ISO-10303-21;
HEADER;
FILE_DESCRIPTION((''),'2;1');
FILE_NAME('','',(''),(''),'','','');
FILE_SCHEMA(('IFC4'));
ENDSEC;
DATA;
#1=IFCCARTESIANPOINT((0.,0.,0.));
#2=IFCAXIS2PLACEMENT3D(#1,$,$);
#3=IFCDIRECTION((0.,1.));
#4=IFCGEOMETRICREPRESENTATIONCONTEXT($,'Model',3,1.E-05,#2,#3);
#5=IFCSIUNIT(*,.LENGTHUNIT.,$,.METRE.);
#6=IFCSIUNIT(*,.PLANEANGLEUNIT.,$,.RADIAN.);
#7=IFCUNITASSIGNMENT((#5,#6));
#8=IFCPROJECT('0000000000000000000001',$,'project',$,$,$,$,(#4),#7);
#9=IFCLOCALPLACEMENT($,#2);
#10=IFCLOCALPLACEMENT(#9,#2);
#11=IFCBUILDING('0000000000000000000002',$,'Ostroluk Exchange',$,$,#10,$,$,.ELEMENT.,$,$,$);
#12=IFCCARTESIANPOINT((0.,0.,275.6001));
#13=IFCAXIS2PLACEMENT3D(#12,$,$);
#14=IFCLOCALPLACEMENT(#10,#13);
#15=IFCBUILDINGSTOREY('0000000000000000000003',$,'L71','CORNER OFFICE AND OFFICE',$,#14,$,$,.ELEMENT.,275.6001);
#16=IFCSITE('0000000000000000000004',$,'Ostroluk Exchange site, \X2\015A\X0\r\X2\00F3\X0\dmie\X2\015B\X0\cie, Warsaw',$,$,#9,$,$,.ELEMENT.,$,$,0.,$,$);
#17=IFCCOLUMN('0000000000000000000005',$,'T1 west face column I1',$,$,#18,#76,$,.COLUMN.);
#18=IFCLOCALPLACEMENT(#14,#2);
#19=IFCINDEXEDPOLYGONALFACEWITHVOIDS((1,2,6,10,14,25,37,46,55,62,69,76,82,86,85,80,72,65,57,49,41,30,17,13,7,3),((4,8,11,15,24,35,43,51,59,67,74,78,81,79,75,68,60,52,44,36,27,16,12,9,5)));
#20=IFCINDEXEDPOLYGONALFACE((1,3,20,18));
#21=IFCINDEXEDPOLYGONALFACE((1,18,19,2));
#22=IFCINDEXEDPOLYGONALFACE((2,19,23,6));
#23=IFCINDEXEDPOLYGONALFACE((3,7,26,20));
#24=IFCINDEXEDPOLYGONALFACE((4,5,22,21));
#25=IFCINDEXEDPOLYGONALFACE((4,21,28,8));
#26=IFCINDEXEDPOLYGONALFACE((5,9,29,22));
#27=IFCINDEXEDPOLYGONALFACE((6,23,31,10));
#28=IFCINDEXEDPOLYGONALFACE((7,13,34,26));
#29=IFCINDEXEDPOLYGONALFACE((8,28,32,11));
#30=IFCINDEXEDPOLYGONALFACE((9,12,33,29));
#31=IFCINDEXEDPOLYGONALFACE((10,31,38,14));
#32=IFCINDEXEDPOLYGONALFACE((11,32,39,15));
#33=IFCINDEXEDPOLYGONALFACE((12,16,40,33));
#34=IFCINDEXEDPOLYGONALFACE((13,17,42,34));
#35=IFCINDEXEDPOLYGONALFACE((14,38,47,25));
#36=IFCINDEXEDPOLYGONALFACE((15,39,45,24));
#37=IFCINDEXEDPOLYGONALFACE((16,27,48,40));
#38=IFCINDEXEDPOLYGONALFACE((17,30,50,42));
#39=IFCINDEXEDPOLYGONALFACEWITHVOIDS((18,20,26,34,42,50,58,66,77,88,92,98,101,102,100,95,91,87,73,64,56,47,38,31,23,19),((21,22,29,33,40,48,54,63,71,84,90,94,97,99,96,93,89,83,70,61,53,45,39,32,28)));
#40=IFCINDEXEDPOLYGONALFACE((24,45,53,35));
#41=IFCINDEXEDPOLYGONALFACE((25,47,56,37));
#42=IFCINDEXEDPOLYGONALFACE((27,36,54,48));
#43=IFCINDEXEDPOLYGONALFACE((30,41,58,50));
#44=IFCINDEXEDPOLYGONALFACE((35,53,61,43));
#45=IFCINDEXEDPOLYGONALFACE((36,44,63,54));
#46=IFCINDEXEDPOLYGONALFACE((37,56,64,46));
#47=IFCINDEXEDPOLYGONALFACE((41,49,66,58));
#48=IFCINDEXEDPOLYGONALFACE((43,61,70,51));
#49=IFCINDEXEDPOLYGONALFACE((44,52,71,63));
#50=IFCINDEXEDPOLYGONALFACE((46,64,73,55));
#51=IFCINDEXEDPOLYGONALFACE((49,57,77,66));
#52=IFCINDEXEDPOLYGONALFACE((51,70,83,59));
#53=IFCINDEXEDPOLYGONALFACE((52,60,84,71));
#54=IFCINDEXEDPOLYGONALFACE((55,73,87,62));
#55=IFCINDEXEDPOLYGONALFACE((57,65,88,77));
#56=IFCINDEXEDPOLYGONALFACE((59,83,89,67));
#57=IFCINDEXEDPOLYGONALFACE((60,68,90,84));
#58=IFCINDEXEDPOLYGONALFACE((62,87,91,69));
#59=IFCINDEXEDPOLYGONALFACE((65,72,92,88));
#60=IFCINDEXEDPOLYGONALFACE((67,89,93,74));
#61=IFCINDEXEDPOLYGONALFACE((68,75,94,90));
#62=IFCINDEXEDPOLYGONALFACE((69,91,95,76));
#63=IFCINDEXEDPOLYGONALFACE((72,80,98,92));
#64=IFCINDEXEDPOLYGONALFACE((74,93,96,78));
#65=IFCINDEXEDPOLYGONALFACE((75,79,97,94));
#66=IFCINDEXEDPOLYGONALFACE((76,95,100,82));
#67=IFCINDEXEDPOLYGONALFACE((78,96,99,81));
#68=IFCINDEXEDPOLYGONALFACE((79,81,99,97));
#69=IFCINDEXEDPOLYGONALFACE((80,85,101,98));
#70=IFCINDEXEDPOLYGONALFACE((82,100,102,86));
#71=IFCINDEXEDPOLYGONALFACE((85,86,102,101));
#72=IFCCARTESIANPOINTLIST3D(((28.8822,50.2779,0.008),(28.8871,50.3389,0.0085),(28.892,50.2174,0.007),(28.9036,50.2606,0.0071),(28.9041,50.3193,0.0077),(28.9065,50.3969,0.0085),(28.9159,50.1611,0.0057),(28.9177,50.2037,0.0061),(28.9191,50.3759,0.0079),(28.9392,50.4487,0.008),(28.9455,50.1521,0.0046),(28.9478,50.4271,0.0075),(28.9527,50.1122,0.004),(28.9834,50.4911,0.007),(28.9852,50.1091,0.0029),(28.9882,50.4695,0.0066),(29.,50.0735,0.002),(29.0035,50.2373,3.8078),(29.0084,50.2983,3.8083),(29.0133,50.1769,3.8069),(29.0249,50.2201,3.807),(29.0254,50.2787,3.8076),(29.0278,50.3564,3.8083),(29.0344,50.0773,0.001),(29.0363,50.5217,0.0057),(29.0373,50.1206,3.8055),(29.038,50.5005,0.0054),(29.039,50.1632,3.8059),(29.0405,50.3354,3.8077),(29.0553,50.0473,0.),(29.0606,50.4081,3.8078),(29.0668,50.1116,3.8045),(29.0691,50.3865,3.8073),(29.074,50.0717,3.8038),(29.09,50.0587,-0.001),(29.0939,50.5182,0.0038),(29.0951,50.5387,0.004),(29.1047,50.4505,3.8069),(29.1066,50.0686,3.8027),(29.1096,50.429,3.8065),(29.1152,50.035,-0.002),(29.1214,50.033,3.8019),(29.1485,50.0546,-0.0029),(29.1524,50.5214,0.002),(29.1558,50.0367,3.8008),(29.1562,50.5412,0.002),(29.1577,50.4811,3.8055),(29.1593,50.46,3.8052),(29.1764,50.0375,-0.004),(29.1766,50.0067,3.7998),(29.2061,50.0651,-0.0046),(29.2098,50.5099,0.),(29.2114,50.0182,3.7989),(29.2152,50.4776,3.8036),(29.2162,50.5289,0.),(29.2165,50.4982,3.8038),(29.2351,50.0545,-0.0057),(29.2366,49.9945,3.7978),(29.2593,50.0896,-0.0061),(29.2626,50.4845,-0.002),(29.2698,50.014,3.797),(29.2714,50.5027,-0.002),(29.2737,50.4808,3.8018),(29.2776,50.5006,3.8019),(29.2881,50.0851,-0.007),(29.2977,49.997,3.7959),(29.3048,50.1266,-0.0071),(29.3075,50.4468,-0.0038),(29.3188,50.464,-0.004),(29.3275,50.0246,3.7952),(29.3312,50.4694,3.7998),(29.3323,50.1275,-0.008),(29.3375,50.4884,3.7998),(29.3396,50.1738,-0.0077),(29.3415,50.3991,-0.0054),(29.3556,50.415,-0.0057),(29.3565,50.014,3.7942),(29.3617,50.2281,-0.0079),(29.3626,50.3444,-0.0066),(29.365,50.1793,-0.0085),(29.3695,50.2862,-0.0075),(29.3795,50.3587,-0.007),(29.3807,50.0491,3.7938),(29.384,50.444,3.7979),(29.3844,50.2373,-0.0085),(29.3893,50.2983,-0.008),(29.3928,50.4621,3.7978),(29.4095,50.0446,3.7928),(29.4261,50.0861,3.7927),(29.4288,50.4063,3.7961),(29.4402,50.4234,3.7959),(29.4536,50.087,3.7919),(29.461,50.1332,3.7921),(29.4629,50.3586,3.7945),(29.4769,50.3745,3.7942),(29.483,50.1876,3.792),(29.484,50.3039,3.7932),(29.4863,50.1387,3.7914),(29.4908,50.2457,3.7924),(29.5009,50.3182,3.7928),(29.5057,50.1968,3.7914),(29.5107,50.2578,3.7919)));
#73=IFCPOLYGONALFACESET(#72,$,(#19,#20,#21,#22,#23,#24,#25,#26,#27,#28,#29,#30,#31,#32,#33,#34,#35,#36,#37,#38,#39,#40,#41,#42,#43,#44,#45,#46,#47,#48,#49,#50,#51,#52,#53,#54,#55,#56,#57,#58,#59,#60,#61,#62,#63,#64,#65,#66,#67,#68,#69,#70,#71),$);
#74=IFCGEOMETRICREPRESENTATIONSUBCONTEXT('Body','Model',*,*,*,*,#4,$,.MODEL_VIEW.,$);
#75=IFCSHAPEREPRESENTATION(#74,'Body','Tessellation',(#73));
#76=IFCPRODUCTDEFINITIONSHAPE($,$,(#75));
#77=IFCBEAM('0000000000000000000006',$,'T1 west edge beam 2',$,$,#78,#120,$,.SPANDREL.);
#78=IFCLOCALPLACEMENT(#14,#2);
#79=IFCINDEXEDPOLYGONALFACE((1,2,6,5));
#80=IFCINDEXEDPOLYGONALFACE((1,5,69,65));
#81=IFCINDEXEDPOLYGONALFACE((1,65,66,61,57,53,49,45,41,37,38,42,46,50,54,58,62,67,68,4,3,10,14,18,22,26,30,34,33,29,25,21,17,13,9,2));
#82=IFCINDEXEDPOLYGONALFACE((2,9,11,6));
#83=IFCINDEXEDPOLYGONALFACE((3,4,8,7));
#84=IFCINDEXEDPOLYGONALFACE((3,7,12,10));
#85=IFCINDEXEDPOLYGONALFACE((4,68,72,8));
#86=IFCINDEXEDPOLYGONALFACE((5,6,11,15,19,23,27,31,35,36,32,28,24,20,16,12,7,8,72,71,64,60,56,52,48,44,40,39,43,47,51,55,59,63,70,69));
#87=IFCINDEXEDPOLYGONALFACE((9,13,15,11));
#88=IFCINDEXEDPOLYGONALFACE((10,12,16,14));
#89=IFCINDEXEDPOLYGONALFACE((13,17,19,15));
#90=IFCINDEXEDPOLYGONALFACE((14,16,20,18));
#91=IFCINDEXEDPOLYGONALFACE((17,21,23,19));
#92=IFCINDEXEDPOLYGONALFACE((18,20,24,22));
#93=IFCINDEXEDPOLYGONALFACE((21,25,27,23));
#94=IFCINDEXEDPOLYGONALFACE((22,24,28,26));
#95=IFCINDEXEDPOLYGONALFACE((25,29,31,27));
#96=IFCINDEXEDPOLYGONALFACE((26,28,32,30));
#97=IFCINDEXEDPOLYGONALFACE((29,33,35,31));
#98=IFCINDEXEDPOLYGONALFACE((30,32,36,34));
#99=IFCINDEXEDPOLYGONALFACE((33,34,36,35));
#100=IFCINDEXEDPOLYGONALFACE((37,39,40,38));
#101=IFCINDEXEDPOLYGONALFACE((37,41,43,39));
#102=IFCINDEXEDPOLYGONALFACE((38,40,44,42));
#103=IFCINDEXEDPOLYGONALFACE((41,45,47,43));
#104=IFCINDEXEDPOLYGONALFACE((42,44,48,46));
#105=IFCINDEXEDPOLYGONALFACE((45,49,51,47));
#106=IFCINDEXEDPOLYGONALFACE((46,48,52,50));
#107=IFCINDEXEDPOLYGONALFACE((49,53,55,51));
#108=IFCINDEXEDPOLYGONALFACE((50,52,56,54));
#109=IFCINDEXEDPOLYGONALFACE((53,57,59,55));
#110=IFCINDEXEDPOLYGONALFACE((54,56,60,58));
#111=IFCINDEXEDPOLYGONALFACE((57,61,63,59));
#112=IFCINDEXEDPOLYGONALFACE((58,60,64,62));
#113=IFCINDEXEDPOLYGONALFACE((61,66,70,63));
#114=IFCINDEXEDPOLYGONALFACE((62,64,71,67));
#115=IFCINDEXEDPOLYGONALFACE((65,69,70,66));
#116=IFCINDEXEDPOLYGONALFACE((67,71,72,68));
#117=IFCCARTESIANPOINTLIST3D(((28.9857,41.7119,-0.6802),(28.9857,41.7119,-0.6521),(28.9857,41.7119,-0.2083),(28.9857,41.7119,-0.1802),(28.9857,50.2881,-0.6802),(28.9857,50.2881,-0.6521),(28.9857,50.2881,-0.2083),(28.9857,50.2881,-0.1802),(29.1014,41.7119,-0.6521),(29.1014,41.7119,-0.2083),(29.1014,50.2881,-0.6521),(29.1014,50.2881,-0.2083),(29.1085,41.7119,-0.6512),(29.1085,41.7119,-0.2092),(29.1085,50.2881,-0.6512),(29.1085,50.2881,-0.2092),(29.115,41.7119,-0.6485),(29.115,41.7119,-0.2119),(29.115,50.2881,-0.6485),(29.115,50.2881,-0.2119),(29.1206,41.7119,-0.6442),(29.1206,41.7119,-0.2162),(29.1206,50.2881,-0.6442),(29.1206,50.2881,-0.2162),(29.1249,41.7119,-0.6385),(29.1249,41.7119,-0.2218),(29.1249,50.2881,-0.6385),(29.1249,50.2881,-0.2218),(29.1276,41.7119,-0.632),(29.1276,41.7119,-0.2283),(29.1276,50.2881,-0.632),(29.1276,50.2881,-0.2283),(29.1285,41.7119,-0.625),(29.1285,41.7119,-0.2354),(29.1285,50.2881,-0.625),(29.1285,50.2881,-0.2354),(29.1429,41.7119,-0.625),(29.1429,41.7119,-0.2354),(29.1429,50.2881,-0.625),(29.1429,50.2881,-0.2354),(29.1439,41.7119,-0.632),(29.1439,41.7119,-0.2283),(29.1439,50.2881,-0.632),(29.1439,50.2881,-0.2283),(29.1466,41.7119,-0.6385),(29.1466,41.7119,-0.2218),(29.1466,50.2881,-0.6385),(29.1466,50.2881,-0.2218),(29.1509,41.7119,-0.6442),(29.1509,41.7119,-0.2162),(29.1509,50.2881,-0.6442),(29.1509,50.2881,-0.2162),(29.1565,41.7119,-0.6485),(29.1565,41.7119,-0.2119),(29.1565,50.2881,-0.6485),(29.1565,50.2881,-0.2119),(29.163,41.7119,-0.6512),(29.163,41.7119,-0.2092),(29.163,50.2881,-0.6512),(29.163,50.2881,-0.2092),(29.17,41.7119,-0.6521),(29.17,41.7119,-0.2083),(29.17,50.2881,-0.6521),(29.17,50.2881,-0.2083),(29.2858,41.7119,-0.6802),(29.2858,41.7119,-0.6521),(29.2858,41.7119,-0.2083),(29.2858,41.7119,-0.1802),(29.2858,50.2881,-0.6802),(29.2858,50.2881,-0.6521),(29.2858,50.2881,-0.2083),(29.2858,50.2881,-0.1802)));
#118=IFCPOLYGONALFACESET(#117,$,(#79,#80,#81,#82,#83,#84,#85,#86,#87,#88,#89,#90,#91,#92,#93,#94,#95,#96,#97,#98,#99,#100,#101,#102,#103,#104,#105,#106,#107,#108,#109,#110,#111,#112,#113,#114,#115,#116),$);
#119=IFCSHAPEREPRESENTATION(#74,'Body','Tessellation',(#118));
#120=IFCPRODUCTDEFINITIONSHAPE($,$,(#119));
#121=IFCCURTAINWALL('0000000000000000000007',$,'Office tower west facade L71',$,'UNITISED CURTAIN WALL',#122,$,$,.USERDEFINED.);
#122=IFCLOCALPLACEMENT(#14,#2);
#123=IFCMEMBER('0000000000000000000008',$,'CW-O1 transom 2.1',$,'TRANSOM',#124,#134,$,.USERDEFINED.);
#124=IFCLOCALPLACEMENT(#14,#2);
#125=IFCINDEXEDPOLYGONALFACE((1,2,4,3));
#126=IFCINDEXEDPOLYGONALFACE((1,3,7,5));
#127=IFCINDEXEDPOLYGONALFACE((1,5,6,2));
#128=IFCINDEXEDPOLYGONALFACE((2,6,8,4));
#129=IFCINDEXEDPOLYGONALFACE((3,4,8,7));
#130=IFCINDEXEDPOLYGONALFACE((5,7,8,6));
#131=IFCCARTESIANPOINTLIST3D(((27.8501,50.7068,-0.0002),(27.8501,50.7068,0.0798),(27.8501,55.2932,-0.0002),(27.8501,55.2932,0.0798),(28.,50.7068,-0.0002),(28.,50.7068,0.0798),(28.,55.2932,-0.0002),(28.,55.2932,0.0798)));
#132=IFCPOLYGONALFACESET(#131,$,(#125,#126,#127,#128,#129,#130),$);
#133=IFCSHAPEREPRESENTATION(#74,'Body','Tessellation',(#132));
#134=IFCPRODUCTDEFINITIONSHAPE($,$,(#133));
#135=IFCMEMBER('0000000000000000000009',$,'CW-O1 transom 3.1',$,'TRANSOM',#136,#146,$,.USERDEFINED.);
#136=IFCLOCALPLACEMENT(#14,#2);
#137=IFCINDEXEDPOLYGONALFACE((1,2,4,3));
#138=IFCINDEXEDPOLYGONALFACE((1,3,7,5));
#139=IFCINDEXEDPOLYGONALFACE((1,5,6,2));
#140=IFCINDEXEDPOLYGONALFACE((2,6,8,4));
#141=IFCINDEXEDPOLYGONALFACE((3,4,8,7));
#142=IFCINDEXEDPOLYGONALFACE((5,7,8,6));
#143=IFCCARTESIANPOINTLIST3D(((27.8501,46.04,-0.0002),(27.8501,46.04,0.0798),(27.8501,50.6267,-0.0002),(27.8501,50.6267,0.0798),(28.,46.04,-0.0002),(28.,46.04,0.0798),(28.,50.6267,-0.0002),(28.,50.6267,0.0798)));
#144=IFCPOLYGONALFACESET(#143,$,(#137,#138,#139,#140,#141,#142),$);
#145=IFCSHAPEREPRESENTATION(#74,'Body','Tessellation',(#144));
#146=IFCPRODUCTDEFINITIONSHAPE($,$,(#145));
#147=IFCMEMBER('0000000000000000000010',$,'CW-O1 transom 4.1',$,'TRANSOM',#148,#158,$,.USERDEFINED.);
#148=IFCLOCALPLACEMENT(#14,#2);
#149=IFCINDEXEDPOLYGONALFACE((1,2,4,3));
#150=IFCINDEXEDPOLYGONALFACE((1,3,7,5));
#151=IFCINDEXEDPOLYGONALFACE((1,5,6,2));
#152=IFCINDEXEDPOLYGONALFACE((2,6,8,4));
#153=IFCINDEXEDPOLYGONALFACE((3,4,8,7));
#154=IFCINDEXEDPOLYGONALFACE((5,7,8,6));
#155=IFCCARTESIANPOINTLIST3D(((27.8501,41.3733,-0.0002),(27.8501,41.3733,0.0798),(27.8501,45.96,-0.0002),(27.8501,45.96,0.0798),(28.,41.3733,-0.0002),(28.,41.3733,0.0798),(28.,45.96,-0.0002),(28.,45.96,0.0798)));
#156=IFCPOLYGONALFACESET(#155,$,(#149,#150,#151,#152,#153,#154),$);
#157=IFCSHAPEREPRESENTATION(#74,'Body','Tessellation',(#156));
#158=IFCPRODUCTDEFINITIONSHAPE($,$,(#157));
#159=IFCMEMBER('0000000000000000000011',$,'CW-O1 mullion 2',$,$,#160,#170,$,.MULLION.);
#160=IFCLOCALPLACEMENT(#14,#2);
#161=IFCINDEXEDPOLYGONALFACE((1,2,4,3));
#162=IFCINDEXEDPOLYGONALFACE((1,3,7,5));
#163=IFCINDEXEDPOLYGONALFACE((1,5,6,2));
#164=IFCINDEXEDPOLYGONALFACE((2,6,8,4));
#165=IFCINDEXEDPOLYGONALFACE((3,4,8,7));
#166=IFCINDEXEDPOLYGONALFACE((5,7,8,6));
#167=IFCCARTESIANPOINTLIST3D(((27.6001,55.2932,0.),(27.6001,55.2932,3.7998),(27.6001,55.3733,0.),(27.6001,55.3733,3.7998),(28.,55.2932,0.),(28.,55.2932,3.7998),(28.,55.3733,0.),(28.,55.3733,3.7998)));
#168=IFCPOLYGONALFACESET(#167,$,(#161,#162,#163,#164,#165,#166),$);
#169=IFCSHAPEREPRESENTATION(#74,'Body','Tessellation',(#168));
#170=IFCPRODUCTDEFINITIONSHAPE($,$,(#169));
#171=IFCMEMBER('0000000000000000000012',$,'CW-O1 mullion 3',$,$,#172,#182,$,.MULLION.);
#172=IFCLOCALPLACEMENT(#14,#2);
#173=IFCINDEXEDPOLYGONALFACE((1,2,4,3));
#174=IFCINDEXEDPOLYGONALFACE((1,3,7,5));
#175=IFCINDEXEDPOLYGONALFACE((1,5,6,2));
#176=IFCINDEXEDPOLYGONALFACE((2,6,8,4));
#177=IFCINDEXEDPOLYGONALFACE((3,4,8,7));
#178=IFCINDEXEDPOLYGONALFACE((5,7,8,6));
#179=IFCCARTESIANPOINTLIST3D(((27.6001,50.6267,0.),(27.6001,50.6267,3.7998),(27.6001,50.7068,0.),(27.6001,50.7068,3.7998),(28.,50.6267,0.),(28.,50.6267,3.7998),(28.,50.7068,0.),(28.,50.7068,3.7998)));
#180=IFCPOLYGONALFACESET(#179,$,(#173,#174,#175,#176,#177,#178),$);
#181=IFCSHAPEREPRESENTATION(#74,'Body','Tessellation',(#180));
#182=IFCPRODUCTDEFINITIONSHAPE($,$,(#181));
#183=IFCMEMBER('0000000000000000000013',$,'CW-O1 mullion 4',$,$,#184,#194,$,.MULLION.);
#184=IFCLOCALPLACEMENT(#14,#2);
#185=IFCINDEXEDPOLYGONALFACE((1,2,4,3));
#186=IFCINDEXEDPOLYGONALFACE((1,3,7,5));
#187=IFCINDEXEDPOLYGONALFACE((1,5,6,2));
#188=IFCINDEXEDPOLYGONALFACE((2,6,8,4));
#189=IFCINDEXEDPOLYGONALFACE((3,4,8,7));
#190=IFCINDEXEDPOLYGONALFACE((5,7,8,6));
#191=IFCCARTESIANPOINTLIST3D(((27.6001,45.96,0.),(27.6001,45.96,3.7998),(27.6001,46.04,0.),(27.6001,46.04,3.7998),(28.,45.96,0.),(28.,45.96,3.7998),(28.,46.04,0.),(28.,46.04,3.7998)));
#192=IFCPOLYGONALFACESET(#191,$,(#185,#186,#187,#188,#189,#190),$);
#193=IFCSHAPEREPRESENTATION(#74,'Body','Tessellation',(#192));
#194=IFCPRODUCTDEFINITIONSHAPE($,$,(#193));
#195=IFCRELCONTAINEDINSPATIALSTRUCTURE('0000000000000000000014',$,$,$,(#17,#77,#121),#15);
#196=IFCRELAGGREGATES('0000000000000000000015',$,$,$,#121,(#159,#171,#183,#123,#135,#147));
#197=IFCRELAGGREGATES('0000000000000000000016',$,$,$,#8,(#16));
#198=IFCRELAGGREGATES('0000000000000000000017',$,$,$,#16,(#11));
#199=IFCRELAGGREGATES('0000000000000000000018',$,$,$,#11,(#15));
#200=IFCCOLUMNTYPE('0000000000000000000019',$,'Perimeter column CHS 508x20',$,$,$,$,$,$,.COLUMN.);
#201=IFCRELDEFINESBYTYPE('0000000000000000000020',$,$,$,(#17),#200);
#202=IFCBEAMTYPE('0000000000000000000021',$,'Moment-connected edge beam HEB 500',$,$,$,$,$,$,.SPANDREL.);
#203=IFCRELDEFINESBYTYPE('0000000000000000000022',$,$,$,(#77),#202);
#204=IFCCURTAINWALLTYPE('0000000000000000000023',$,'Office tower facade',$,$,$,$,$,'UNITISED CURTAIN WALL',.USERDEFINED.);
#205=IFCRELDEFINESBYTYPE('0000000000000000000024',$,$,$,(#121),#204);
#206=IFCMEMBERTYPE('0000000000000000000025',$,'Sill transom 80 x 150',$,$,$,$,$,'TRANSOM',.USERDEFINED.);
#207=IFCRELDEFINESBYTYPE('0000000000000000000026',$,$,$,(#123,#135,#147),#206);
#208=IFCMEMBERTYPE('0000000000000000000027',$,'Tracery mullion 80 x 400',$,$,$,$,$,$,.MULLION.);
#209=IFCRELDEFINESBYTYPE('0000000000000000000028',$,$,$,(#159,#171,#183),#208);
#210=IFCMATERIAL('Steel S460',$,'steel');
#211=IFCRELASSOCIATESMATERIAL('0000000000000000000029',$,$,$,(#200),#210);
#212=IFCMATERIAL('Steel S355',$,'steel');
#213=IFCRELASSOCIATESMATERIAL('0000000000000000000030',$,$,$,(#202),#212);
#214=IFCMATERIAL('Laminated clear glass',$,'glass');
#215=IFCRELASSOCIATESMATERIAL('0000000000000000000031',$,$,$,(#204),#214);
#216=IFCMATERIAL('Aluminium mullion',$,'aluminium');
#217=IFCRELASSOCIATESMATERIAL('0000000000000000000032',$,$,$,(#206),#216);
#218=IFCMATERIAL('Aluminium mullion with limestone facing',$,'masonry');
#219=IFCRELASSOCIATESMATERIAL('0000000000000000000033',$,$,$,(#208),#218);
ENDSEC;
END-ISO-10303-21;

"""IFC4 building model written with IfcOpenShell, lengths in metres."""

from ifc_helpers import new_model, si_unit, direction, frame, origin, origin_2d, place, context, subcontext, project, spatial, rectangle, hollow_circle, i_section, extrude, material, material_profile, profile_set, type_object, element, aggregate, save


model = new_model("IFC4")

# Units and contexts
model_context = context("Model", 3, precision=1e-05, world=origin(), true_north=direction((0.0, 1.0)))
body_context = subcontext(model_context, "Body", "Model", "MODEL_VIEW")
ifc_project = project(units=[si_unit("LENGTHUNIT", "METRE"), si_unit("PLANEANGLEUNIT", "RADIAN")], contexts=[model_context])

# Site, building, storey
site_placement = place(None, origin())
site = spatial("IfcSite", under=ifc_project, at=site_placement, Name="Ostroluk Exchange site, Śródmieście, Warsaw", CompositionType="ELEMENT", RefElevation=0.0)
building_placement = place(site_placement, origin())
building = spatial("IfcBuilding", under=site, at=building_placement, Name="Ostroluk Exchange", CompositionType="ELEMENT")
storey_placement = place(building_placement, frame((0.0, 0.0, 275.6001)))
storey = spatial("IfcBuildingStorey", under=building, at=storey_placement, Name="L71", Description="CORNER OFFICE AND OFFICE", CompositionType="ELEMENT", Elevation=275.6001)

# Column
ifc_material_1 = material(Name="Steel S460", Category="steel")
ifc_material_profile_1 = material_profile(ifc_material_1, hollow_circle(Radius=0.2539, WallThickness=0.02, at=origin_2d()), Name="CHS 508x20")
ifc_profile_set_1 = profile_set([ifc_material_profile_1], Name="Steel S460")
column_type = type_object("IfcColumnType", Name="Perimeter column CHS 508x20", PredefinedType="COLUMN", material=ifc_profile_set_1)
column_placement = place(storey_placement, frame((29.1357, 50.2881, 0.0), z_axis=(0.031915, -0.01066, 0.999434), x_axis=(0.3168, 0.948492, 0.0)))
element("IfcColumn", 1, at=column_placement, inside=storey, type_object=column_type, Name="T1 west face column I1", PredefinedType="COLUMN", context=body_context, shape_type="SweptSolid", body=[
    extrude(hollow_circle(Radius=0.2539, WallThickness=0.02, at=origin_2d()), origin(), (0.0, 0.0, 1.0), 3.802),
])

# Beam
ifc_material_2 = material(Name="Steel S355", Category="steel")
ifc_material_profile_2 = material_profile(ifc_material_2, i_section(OverallWidth=0.3, OverallDepth=0.5, WebThickness=0.0144, FlangeThickness=0.0281, FilletRadius=0.0271, at=origin_2d()), Name="HEB 500")
ifc_profile_set_2 = profile_set([ifc_material_profile_2], Name="Steel S355")
beam_type = type_object("IfcBeamType", Name="Moment-connected edge beam HEB 500", PredefinedType="SPANDREL", material=ifc_profile_set_2)
beam_placement = place(storey_placement, frame((29.1357, 50.2881, -0.4302), z_axis=(0.0, -1.0, 0.0), x_axis=(1.0, 0.0, 0.0)))
element("IfcBeam", 2, at=beam_placement, inside=storey, type_object=beam_type, Name="T1 west edge beam 2", PredefinedType="SPANDREL", context=body_context, shape_type="SweptSolid", body=[
    extrude(i_section(OverallWidth=0.3, OverallDepth=0.5, WebThickness=0.0144, FlangeThickness=0.0281, FilletRadius=0.0271, at=origin_2d()), origin(), (0.0, 0.0, 1.0), 8.5762),
])

# Curtain wall, members
ifc_material_3 = material(Name="Laminated clear glass", Category="glass")
curtain_wall_type = type_object("IfcCurtainWallType", Name="Office tower facade", ElementType="UNITISED CURTAIN WALL", PredefinedType="USERDEFINED", material=ifc_material_3)
curtain_wall_placement = place(storey_placement, origin())
curtain_wall = element("IfcCurtainWall", 3, at=curtain_wall_placement, inside=storey, type_object=curtain_wall_type, Name="Office tower west facade L71", ObjectType="UNITISED CURTAIN WALL", PredefinedType="USERDEFINED")
ifc_material_4 = material(Name="Aluminium mullion", Category="aluminium")
ifc_material_profile_3 = material_profile(ifc_material_4, rectangle(XDim=0.1499, YDim=0.0801, at=origin_2d()), Name="Sill transom 80 x 150")
ifc_profile_set_3 = profile_set([ifc_material_profile_3], Name="Aluminium mullion")
member_type_1 = type_object("IfcMemberType", Name="Sill transom 80 x 150", ElementType="TRANSOM", PredefinedType="USERDEFINED", material=ifc_profile_set_3)
member_1_placement = place(storey_placement, frame((27.925, 55.2932, 0.0398), z_axis=(0.0, -1.0, 0.0), x_axis=(1.0, 0.0, 0.0)))
member_1 = element("IfcMember", 4, at=member_1_placement, type_object=member_type_1, Name="CW-O1 transom 2.1", ObjectType="TRANSOM", PredefinedType="USERDEFINED", context=body_context, shape_type="SweptSolid", body=[
    extrude(rectangle(XDim=0.1499, YDim=0.0801, at=origin_2d()), origin(), (0.0, 0.0, 1.0), 4.5864),
])
member_2_placement = place(storey_placement, frame((27.925, 50.6267, 0.0398), z_axis=(0.0, -1.0, 0.0), x_axis=(1.0, 0.0, 0.0)))
member_2 = element("IfcMember", 5, at=member_2_placement, type_object=member_type_1, Name="CW-O1 transom 3.1", ObjectType="TRANSOM", PredefinedType="USERDEFINED", context=body_context, shape_type="SweptSolid", body=[
    extrude(rectangle(XDim=0.1499, YDim=0.0801, at=origin_2d()), origin(), (0.0, 0.0, 1.0), 4.5867),
])
member_3_placement = place(storey_placement, frame((27.925, 45.96, 0.0398), z_axis=(0.0, -1.0, 0.0), x_axis=(1.0, 0.0, 0.0)))
member_3 = element("IfcMember", 6, at=member_3_placement, type_object=member_type_1, Name="CW-O1 transom 4.1", ObjectType="TRANSOM", PredefinedType="USERDEFINED", context=body_context, shape_type="SweptSolid", body=[
    extrude(rectangle(XDim=0.1499, YDim=0.0801, at=origin_2d()), origin(), (0.0, 0.0, 1.0), 4.5867),
])
ifc_material_5 = material(Name="Aluminium mullion with limestone facing", Category="masonry")
ifc_material_profile_4 = material_profile(ifc_material_5, rectangle(XDim=0.3999, YDim=0.0801, at=origin_2d()), Name="Tracery mullion 80 x 400")
ifc_profile_set_4 = profile_set([ifc_material_profile_4], Name="Aluminium mullion with limestone facing")
member_type_2 = type_object("IfcMemberType", Name="Tracery mullion 80 x 400", PredefinedType="MULLION", material=ifc_profile_set_4)
member_4_placement = place(storey_placement, frame((27.8, 55.3333, 0.0), z_axis=(0.0, 0.0, 1.0), x_axis=(1.0, 0.0, 0.0)))
member_4 = element("IfcMember", 7, at=member_4_placement, type_object=member_type_2, Name="CW-O1 mullion 2", PredefinedType="MULLION", context=body_context, shape_type="SweptSolid", body=[
    extrude(rectangle(XDim=0.3999, YDim=0.0801, at=origin_2d()), origin(), (0.0, 0.0, 1.0), 3.7998),
])
member_5_placement = place(storey_placement, frame((27.8, 50.6667, 0.0), z_axis=(0.0, 0.0, 1.0), x_axis=(1.0, 0.0, 0.0)))
member_5 = element("IfcMember", 8, at=member_5_placement, type_object=member_type_2, Name="CW-O1 mullion 3", PredefinedType="MULLION", context=body_context, shape_type="SweptSolid", body=[
    extrude(rectangle(XDim=0.3999, YDim=0.0801, at=origin_2d()), origin(), (0.0, 0.0, 1.0), 3.7998),
])
member_6_placement = place(storey_placement, frame((27.8, 46.0, 0.0), z_axis=(0.0, 0.0, 1.0), x_axis=(1.0, 0.0, 0.0)))
member_6 = element("IfcMember", 9, at=member_6_placement, type_object=member_type_2, Name="CW-O1 mullion 4", PredefinedType="MULLION", context=body_context, shape_type="SweptSolid", body=[
    extrude(rectangle(XDim=0.3999, YDim=0.0801, at=origin_2d()), origin(), (0.0, 0.0, 1.0), 3.7998),
])
aggregate(curtain_wall, [member_4, member_5, member_6, member_1, member_2, member_3])

save(model, "model.ifc")
